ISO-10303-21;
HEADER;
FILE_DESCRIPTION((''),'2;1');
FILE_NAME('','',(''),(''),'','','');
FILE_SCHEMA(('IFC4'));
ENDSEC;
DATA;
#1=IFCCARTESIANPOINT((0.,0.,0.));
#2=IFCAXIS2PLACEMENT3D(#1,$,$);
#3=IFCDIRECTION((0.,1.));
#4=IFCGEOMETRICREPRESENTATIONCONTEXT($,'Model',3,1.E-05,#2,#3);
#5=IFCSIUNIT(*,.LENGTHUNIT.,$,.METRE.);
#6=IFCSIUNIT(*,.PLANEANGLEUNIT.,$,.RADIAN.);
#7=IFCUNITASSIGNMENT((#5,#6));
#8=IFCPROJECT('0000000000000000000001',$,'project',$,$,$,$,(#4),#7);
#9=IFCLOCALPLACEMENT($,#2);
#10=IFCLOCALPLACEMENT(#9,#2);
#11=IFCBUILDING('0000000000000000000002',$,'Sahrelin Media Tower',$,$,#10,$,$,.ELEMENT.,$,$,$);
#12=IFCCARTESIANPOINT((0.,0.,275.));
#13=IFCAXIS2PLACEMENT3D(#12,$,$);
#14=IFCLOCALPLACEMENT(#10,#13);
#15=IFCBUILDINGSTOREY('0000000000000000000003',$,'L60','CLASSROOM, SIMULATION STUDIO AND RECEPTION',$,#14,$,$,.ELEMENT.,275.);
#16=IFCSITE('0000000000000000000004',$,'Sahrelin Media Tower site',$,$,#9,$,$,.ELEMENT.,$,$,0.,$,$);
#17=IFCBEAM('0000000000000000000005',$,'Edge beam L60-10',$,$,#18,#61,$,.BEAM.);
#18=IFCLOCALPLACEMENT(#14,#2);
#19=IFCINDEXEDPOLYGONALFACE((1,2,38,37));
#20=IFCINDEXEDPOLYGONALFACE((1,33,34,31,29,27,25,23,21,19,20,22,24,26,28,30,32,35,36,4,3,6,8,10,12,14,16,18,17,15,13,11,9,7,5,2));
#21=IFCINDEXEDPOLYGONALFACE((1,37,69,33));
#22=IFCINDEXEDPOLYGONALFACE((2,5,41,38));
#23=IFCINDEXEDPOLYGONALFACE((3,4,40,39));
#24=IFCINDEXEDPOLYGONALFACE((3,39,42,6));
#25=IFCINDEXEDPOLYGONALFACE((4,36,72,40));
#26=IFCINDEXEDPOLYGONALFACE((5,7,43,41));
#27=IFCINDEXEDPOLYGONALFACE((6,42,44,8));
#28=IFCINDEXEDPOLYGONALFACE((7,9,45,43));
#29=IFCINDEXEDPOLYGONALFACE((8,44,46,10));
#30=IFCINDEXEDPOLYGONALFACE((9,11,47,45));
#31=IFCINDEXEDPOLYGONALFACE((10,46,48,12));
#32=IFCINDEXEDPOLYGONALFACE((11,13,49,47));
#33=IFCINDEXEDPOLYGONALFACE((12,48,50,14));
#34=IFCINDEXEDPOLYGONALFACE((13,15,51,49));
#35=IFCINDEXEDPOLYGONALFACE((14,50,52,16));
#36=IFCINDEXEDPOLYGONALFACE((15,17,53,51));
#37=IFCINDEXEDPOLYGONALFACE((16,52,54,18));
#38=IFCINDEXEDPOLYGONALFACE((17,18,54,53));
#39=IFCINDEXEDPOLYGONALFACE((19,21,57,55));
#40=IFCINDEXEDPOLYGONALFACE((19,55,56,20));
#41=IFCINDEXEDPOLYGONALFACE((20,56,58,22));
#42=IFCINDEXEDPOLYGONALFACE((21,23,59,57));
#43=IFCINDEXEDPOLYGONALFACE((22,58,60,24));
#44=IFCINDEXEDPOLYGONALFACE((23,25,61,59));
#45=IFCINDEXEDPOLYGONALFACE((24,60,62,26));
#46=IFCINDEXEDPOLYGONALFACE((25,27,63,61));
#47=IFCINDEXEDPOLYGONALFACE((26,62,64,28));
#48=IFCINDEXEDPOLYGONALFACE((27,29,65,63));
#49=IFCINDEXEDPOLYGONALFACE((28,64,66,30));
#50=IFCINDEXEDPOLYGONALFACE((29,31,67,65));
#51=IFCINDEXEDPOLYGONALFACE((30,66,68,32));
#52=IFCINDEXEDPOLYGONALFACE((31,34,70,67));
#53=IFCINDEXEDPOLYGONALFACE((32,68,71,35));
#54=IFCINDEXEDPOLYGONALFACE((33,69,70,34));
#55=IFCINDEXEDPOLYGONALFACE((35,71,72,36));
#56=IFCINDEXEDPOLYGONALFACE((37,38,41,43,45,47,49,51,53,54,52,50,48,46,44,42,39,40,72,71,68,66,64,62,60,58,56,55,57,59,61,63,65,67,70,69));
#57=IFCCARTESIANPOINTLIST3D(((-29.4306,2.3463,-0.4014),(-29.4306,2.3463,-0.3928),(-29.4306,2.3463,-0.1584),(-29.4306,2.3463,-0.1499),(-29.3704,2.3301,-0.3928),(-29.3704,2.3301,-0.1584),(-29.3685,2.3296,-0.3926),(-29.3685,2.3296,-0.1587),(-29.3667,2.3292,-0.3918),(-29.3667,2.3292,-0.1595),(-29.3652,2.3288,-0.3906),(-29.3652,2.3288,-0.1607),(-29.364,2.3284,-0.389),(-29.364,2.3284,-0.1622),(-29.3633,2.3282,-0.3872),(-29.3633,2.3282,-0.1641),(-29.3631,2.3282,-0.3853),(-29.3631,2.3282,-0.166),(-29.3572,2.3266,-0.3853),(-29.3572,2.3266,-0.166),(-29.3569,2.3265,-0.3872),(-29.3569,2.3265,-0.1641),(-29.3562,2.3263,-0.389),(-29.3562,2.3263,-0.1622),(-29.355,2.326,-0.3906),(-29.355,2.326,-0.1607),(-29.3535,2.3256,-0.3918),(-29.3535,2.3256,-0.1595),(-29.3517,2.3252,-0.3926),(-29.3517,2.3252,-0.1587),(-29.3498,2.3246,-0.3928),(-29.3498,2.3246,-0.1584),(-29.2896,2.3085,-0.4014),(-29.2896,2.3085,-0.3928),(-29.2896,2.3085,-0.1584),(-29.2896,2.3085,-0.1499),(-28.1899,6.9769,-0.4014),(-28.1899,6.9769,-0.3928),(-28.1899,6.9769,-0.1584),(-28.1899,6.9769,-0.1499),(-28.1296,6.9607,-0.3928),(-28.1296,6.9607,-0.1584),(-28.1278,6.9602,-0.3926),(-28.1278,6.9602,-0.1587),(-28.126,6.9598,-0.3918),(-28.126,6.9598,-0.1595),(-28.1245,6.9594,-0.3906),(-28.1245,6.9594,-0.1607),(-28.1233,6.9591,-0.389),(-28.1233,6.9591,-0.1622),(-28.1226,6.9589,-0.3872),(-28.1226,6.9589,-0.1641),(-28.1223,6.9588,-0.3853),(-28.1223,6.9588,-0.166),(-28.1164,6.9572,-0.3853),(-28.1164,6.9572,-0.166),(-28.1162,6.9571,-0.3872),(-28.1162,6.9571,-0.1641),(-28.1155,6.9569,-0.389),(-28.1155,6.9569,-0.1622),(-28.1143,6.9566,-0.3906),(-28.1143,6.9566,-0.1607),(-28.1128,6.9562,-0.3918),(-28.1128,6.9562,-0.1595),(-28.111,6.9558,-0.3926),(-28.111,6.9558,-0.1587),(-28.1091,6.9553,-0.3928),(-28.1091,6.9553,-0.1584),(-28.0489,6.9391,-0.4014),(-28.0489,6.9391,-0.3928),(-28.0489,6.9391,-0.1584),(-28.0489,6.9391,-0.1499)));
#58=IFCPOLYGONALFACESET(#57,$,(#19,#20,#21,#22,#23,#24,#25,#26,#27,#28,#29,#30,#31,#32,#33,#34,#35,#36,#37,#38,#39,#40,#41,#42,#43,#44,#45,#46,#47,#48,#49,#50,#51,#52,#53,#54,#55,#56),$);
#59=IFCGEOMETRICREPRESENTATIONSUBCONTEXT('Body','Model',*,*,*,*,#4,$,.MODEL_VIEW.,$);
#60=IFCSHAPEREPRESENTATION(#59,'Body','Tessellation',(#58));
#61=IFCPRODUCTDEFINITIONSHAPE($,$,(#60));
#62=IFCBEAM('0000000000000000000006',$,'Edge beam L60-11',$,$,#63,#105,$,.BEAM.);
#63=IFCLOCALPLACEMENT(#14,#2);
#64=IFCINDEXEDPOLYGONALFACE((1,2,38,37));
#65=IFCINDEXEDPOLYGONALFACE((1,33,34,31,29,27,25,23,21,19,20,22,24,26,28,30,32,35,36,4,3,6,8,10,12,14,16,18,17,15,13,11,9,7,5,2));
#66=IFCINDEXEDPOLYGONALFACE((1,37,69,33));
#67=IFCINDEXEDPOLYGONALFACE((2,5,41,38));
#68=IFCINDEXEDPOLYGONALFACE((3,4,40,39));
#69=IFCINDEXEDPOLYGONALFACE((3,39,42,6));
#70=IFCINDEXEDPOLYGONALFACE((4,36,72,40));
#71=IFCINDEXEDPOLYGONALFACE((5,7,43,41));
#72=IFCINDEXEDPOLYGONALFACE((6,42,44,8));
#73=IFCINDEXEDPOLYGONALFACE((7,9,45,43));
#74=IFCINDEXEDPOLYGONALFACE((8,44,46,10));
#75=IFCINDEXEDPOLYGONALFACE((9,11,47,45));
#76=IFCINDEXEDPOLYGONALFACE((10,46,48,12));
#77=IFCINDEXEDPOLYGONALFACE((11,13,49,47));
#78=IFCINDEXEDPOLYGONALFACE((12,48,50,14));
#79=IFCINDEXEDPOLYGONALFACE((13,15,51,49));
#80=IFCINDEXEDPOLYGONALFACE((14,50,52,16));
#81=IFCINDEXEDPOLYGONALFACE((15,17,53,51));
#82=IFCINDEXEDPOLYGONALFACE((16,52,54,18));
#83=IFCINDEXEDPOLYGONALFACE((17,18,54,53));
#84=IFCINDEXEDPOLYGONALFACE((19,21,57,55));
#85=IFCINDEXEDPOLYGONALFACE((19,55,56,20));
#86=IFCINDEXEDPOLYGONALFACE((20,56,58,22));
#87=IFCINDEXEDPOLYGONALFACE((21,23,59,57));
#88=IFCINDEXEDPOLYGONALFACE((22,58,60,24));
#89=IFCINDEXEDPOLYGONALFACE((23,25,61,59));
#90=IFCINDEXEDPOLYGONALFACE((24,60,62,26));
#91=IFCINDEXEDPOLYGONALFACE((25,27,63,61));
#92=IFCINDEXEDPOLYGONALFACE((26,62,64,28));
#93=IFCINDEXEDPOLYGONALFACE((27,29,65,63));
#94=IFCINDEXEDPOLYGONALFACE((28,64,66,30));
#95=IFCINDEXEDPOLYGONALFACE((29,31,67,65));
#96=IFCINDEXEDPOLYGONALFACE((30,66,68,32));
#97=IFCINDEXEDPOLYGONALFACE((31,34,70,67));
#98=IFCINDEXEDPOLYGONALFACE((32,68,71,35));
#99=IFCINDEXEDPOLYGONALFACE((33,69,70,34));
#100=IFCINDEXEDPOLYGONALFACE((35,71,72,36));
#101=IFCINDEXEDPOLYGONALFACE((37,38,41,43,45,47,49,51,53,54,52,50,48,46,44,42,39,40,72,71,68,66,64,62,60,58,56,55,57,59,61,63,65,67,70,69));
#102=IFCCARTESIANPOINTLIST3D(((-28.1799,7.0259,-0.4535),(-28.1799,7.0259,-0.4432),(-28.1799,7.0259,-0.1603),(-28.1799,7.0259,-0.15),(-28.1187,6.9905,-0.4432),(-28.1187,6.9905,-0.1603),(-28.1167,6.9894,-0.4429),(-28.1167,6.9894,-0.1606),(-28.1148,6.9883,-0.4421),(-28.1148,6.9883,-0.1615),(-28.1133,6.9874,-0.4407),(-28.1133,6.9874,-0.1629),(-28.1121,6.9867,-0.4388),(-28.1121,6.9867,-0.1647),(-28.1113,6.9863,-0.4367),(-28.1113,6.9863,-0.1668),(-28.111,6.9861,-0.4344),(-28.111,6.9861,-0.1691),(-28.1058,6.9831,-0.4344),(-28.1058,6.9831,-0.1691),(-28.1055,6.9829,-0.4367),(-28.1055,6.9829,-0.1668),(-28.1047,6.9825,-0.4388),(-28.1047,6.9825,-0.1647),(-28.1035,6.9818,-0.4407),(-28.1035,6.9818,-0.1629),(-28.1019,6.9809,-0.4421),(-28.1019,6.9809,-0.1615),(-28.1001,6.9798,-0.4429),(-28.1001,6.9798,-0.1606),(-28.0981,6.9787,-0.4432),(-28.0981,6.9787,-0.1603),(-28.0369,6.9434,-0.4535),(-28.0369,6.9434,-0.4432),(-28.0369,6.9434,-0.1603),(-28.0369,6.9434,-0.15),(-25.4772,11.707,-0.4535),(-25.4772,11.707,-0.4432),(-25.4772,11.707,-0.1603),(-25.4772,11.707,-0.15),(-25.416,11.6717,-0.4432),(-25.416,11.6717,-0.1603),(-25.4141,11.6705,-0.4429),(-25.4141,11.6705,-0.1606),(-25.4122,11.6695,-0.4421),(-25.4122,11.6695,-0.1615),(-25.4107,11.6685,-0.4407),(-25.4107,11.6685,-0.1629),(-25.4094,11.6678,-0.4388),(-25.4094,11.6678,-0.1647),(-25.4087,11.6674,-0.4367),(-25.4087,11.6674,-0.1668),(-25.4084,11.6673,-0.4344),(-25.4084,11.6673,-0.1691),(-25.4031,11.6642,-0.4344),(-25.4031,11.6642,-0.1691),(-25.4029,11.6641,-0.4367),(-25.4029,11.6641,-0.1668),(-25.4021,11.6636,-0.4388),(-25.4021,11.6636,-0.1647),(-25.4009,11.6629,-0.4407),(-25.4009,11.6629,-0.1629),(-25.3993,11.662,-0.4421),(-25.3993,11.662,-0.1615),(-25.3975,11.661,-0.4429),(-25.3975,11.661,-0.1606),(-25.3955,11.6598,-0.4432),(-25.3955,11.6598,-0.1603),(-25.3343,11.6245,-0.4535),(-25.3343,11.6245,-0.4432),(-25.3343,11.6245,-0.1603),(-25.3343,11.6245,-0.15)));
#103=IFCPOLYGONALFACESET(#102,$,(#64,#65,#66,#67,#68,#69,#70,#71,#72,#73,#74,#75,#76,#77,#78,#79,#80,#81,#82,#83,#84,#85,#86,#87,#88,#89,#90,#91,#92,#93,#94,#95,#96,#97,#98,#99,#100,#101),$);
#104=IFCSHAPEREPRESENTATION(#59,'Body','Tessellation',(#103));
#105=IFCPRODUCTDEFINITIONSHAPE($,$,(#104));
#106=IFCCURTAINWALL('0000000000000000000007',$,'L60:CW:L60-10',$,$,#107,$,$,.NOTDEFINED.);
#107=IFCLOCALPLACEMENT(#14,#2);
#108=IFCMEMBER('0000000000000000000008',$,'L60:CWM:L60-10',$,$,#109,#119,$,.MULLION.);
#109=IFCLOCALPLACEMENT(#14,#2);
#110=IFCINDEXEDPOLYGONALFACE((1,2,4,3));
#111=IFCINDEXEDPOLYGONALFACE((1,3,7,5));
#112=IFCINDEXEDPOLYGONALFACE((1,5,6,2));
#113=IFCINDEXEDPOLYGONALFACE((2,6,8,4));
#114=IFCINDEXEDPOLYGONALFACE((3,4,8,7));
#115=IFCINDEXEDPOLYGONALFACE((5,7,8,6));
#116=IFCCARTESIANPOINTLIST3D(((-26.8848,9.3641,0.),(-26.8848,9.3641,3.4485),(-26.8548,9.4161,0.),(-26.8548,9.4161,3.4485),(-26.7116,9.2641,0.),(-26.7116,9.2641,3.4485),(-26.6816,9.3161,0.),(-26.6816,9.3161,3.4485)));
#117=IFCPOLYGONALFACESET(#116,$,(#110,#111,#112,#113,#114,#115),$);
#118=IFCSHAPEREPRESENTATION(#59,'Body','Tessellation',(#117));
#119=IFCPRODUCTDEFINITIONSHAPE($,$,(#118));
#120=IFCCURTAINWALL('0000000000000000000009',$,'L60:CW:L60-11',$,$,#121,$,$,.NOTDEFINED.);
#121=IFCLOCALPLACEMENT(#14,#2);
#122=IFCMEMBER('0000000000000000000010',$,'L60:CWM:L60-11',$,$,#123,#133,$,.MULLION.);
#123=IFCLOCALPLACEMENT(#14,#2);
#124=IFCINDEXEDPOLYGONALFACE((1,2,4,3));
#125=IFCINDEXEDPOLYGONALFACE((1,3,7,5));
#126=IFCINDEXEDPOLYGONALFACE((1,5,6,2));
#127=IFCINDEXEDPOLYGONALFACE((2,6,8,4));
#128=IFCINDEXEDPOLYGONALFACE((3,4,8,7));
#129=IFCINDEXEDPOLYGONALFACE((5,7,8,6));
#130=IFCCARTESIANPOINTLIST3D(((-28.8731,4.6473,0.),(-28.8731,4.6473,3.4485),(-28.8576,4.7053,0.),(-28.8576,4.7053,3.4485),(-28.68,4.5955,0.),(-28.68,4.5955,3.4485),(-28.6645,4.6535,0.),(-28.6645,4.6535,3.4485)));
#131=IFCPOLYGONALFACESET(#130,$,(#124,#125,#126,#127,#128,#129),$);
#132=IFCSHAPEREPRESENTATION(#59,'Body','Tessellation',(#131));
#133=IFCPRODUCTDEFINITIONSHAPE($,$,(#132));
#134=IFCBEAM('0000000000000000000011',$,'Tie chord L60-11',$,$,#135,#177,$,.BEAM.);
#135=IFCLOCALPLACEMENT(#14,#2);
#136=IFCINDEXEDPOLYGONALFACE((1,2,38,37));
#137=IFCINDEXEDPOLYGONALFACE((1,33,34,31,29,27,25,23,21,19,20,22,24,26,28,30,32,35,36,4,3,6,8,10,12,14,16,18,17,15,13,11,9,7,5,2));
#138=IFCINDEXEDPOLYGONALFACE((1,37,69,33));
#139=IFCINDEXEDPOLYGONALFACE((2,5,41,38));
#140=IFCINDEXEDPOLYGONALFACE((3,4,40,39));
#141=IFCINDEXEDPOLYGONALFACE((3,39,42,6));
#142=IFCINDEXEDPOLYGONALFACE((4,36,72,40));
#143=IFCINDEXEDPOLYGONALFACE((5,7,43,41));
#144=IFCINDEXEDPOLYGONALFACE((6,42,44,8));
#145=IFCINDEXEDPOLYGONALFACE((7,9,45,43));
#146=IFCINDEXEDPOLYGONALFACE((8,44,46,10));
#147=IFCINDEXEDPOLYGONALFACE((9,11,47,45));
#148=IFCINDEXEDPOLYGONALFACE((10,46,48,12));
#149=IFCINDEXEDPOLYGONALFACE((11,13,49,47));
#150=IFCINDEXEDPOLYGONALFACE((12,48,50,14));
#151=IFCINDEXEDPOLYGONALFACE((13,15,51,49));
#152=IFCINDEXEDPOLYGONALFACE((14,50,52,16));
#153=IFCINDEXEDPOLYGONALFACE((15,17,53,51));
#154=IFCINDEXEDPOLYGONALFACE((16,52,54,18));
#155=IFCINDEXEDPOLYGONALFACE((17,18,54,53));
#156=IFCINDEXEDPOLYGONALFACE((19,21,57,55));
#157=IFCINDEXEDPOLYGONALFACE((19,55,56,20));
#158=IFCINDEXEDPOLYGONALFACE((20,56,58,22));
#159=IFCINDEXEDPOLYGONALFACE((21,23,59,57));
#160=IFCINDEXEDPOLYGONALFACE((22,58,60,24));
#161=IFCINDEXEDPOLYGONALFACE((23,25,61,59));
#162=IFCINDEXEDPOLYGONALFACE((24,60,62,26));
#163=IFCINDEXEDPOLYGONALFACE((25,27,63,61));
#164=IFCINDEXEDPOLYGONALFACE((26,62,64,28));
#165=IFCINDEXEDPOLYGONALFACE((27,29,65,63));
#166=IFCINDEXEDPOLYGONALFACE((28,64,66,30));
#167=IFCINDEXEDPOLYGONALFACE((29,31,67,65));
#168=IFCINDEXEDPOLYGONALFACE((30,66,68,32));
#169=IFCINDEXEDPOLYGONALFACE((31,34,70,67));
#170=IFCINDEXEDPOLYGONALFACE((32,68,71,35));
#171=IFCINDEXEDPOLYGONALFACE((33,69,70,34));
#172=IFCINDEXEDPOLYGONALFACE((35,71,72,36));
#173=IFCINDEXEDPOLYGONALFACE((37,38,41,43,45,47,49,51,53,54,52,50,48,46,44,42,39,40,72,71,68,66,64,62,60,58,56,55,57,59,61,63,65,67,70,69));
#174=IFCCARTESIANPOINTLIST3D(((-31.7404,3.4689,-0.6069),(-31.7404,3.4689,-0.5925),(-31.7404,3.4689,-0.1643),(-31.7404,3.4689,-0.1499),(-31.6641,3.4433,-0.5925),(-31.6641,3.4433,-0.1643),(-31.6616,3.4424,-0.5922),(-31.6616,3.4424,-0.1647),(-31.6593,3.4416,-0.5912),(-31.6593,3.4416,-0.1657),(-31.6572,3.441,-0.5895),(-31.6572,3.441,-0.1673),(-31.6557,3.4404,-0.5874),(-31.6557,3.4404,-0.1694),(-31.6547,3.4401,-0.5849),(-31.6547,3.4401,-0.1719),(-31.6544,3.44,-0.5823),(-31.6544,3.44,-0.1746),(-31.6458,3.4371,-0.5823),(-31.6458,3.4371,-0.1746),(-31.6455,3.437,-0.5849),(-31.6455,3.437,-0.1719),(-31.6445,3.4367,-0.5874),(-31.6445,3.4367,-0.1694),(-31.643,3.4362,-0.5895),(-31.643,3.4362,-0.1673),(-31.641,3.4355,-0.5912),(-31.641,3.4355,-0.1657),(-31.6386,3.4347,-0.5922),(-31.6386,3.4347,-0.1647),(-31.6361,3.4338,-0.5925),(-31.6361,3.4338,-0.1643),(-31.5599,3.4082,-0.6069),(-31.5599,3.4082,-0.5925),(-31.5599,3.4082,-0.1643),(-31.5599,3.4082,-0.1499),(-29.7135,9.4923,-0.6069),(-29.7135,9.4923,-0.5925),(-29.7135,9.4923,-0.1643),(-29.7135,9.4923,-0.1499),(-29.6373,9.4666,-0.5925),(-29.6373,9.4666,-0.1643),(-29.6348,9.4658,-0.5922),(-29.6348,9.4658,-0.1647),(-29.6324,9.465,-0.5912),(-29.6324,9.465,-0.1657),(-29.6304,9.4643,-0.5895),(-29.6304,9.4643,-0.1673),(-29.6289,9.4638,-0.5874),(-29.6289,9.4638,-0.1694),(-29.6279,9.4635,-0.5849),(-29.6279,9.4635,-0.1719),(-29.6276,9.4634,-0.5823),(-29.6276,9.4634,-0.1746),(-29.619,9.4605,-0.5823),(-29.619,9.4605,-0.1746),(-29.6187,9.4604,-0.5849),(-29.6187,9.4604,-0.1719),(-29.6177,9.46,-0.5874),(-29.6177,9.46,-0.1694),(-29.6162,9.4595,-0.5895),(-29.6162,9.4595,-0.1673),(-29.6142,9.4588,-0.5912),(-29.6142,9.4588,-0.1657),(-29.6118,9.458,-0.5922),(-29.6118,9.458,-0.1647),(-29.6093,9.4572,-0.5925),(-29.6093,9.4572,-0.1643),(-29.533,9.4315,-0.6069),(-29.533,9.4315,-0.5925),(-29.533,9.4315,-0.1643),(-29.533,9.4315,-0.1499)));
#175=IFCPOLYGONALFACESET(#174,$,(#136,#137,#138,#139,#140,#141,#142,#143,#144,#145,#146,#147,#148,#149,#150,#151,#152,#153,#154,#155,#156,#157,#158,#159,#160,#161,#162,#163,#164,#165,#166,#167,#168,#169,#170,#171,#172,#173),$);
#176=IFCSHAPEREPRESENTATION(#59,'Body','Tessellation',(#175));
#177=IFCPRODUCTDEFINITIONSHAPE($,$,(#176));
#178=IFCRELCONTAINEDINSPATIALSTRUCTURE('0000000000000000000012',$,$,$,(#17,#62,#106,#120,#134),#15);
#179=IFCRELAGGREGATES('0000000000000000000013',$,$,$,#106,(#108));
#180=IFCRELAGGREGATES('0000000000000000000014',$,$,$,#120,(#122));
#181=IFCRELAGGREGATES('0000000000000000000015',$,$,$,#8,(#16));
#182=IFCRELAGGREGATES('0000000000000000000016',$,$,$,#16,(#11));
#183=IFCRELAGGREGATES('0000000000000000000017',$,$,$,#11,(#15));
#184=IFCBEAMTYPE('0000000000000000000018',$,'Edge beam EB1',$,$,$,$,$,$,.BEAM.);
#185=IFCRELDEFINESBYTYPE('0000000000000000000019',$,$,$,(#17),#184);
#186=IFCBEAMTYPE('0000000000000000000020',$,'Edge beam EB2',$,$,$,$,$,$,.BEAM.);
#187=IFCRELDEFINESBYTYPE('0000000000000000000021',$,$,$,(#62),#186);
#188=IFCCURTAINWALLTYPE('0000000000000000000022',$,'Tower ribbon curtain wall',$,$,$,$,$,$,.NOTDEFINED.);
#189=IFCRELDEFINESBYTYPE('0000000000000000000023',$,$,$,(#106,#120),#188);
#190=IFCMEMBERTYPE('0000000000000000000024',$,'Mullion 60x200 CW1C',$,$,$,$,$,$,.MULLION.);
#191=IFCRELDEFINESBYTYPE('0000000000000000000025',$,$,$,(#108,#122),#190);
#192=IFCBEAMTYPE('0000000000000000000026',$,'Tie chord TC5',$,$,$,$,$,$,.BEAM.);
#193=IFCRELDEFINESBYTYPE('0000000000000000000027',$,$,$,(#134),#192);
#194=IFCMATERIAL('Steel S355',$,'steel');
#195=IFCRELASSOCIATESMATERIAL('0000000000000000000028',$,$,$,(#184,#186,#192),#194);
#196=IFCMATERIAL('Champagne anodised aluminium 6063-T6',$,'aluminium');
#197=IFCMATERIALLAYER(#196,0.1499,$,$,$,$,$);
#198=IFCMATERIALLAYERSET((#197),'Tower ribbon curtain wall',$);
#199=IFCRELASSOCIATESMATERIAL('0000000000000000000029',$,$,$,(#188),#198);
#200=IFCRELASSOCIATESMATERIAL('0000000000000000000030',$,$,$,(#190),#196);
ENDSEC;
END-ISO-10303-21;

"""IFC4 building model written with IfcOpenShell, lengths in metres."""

from ifc_helpers import new_model, si_unit, direction, frame, origin, origin_2d, place, context, subcontext, project, spatial, rectangle, i_section, extrude, material, layer, layer_set, material_profile, profile_set, type_object, element, aggregate, save


model = new_model("IFC4")

# Units and contexts
model_context = context("Model", 3, precision=1e-05, world=origin(), true_north=direction((0.0, 1.0)))
body_context = subcontext(model_context, "Body", "Model", "MODEL_VIEW")
ifc_project = project(units=[si_unit("LENGTHUNIT", "METRE"), si_unit("PLANEANGLEUNIT", "RADIAN")], contexts=[model_context])

# Site, building, storey
site_placement = place(None, origin())
site = spatial("IfcSite", under=ifc_project, at=site_placement, Name="Sahrelin Media Tower site", CompositionType="ELEMENT", RefElevation=0.0)
building_placement = place(site_placement, origin())
building = spatial("IfcBuilding", under=site, at=building_placement, Name="Sahrelin Media Tower", CompositionType="ELEMENT")
storey_placement = place(building_placement, frame((0.0, 0.0, 275.0)))
storey = spatial("IfcBuildingStorey", under=building, at=storey_placement, Name="L60", Description="CLASSROOM, SIMULATION STUDIO AND RECEPTION", CompositionType="ELEMENT", Elevation=275.0)

# Beams
ifc_material_1 = material(Name="Steel S355", Category="steel")
ifc_material_profile_1 = material_profile(ifc_material_1, i_section(OverallWidth=0.146, OverallDepth=0.2515, WebThickness=0.0061, FlangeThickness=0.0085, FilletRadius=0.0076, at=origin_2d()), Name="UB 254x146x31")
ifc_profile_set_1 = profile_set([ifc_material_profile_1], Name="Steel S355")
beam_type_1 = type_object("IfcBeamType", Name="Edge beam EB1", PredefinedType="BEAM", material=ifc_profile_set_1)
beam_1_placement = place(storey_placement, frame((-29.3601, 2.3274, -0.2756), z_axis=(0.25881, 0.965928, 0.0), x_axis=(-0.965928, 0.25881, 0.0)))
element("IfcBeam", 1, at=beam_1_placement, inside=storey, type_object=beam_type_1, Name="Edge beam L60-10", PredefinedType="BEAM", context=body_context, shape_type="SweptSolid", body=[
    extrude(i_section(OverallWidth=0.146, OverallDepth=0.2515, WebThickness=0.0061, FlangeThickness=0.0085, FilletRadius=0.0076, at=origin_2d()), origin(), (0.0, 0.0, 1.0), 4.7939),
])
ifc_material_profile_2 = material_profile(ifc_material_1, i_section(OverallWidth=0.165, OverallDepth=0.3035, WebThickness=0.0061, FlangeThickness=0.0103, FilletRadius=0.0088, at=origin_2d()), Name="UB 305x165x40")
ifc_profile_set_2 = profile_set([ifc_material_profile_2], Name="Steel S355")
beam_type_2 = type_object("IfcBeamType", Name="Edge beam EB2", PredefinedType="BEAM", material=ifc_profile_set_2)
beam_2_placement = place(storey_placement, frame((-28.1084, 6.9846, -0.3018), z_axis=(0.499996, 0.866028, 0.0), x_axis=(-0.866028, 0.499996, 0.0)))
element("IfcBeam", 2, at=beam_2_placement, inside=storey, type_object=beam_type_2, Name="Edge beam L60-11", PredefinedType="BEAM", context=body_context, shape_type="SweptSolid", body=[
    extrude(i_section(OverallWidth=0.165, OverallDepth=0.3035, WebThickness=0.0061, FlangeThickness=0.0103, FilletRadius=0.0088, at=origin_2d()), origin(), (0.0, 0.0, 1.0), 5.4053),
])

# Curtain walls, members
ifc_material_2 = material(Name="Champagne anodised aluminium 6063-T6", Category="aluminium")
ifc_layer_1 = layer(ifc_material_2, 0.1499)
ifc_layer_set_1 = layer_set([ifc_layer_1], Name="Tower ribbon curtain wall")
curtain_wall_type = type_object("IfcCurtainWallType", Name="Tower ribbon curtain wall", PredefinedType="NOTDEFINED", material=ifc_layer_set_1)
curtain_wall_1_placement = place(storey_placement, frame((-26.887, 9.4001, 0.0), z_axis=(0.0, 0.0, 1.0), x_axis=(1.0, 0.0, 0.0)))
curtain_wall_1 = element("IfcCurtainWall", 3, at=curtain_wall_1_placement, inside=storey, type_object=curtain_wall_type, Name="L60:CW:L60-10", PredefinedType="NOTDEFINED")
ifc_material_profile_3 = material_profile(ifc_material_2, rectangle(XDim=0.0601, YDim=0.2, at=origin_2d()), Name="Mullion 60x200")
ifc_profile_set_3 = profile_set([ifc_material_profile_3], Name="Champagne anodised aluminium 6063-T6")
member_type_1 = type_object("IfcMemberType", Name="Mullion 60x200 CW1C", PredefinedType="MULLION", material=ifc_profile_set_3)
member_1_placement = place(storey_placement, frame((-26.7832, 9.3401, 0.0), z_axis=(0.0, 0.0, 1.0), x_axis=(-0.500002, -0.866025, 0.0)))
member_1 = element("IfcMember", 4, at=member_1_placement, type_object=member_type_1, Name="L60:CWM:L60-10", PredefinedType="MULLION", context=body_context, shape_type="SweptSolid", body=[
    extrude(rectangle(XDim=0.0601, YDim=0.2, at=origin_2d()), origin(), (0.0, 0.0, 1.0), 3.4485),
])
aggregate(curtain_wall_1, [member_1])
curtain_wall_2_placement = place(storey_placement, frame((-28.8848, 4.6814, 0.0), z_axis=(0.0, 0.0, 1.0), x_axis=(1.0, 0.0, 0.0)))
curtain_wall_2 = element("IfcCurtainWall", 5, at=curtain_wall_2_placement, inside=storey, type_object=curtain_wall_type, Name="L60:CW:L60-11", PredefinedType="NOTDEFINED")
member_2_placement = place(storey_placement, frame((-28.7688, 4.6504, 0.0), z_axis=(0.0, 0.0, 1.0), x_axis=(-0.258814, -0.965927, 0.0)))
member_2 = element("IfcMember", 6, at=member_2_placement, type_object=member_type_1, Name="L60:CWM:L60-11", PredefinedType="MULLION", context=body_context, shape_type="SweptSolid", body=[
    extrude(rectangle(XDim=0.0601, YDim=0.2, at=origin_2d()), origin(), (0.0, 0.0, 1.0), 3.4485),
])

# Beam
ifc_material_profile_4 = material_profile(ifc_material_1, i_section(OverallWidth=0.1904, OverallDepth=0.457, WebThickness=0.009, FlangeThickness=0.0144, FilletRadius=0.0103, at=origin_2d()), Name="UB 457x191x74")
ifc_profile_set_4 = profile_set([ifc_material_profile_4], Name="Steel S355")
beam_type_3 = type_object("IfcBeamType", Name="Tie chord TC5", PredefinedType="BEAM", material=ifc_profile_set_4)
beam_3_placement = place(storey_placement, frame((-29.6233, 9.4619, -0.3784), z_axis=(-0.318923, -0.947781, 0.0), x_axis=(0.947781, -0.318923, 0.0)))
element("IfcBeam", 7, at=beam_3_placement, inside=storey, type_object=beam_type_3, Name="Tie chord L60-11", PredefinedType="BEAM", context=body_context, shape_type="SweptSolid", body=[
    extrude(i_section(OverallWidth=0.1904, OverallDepth=0.457, WebThickness=0.009, FlangeThickness=0.0144, FilletRadius=0.0103, at=origin_2d()), origin(), (0.0, 0.0, 1.0), 6.3552),
])

aggregate(curtain_wall_2, [member_2])

save(model, "model.ifc")
